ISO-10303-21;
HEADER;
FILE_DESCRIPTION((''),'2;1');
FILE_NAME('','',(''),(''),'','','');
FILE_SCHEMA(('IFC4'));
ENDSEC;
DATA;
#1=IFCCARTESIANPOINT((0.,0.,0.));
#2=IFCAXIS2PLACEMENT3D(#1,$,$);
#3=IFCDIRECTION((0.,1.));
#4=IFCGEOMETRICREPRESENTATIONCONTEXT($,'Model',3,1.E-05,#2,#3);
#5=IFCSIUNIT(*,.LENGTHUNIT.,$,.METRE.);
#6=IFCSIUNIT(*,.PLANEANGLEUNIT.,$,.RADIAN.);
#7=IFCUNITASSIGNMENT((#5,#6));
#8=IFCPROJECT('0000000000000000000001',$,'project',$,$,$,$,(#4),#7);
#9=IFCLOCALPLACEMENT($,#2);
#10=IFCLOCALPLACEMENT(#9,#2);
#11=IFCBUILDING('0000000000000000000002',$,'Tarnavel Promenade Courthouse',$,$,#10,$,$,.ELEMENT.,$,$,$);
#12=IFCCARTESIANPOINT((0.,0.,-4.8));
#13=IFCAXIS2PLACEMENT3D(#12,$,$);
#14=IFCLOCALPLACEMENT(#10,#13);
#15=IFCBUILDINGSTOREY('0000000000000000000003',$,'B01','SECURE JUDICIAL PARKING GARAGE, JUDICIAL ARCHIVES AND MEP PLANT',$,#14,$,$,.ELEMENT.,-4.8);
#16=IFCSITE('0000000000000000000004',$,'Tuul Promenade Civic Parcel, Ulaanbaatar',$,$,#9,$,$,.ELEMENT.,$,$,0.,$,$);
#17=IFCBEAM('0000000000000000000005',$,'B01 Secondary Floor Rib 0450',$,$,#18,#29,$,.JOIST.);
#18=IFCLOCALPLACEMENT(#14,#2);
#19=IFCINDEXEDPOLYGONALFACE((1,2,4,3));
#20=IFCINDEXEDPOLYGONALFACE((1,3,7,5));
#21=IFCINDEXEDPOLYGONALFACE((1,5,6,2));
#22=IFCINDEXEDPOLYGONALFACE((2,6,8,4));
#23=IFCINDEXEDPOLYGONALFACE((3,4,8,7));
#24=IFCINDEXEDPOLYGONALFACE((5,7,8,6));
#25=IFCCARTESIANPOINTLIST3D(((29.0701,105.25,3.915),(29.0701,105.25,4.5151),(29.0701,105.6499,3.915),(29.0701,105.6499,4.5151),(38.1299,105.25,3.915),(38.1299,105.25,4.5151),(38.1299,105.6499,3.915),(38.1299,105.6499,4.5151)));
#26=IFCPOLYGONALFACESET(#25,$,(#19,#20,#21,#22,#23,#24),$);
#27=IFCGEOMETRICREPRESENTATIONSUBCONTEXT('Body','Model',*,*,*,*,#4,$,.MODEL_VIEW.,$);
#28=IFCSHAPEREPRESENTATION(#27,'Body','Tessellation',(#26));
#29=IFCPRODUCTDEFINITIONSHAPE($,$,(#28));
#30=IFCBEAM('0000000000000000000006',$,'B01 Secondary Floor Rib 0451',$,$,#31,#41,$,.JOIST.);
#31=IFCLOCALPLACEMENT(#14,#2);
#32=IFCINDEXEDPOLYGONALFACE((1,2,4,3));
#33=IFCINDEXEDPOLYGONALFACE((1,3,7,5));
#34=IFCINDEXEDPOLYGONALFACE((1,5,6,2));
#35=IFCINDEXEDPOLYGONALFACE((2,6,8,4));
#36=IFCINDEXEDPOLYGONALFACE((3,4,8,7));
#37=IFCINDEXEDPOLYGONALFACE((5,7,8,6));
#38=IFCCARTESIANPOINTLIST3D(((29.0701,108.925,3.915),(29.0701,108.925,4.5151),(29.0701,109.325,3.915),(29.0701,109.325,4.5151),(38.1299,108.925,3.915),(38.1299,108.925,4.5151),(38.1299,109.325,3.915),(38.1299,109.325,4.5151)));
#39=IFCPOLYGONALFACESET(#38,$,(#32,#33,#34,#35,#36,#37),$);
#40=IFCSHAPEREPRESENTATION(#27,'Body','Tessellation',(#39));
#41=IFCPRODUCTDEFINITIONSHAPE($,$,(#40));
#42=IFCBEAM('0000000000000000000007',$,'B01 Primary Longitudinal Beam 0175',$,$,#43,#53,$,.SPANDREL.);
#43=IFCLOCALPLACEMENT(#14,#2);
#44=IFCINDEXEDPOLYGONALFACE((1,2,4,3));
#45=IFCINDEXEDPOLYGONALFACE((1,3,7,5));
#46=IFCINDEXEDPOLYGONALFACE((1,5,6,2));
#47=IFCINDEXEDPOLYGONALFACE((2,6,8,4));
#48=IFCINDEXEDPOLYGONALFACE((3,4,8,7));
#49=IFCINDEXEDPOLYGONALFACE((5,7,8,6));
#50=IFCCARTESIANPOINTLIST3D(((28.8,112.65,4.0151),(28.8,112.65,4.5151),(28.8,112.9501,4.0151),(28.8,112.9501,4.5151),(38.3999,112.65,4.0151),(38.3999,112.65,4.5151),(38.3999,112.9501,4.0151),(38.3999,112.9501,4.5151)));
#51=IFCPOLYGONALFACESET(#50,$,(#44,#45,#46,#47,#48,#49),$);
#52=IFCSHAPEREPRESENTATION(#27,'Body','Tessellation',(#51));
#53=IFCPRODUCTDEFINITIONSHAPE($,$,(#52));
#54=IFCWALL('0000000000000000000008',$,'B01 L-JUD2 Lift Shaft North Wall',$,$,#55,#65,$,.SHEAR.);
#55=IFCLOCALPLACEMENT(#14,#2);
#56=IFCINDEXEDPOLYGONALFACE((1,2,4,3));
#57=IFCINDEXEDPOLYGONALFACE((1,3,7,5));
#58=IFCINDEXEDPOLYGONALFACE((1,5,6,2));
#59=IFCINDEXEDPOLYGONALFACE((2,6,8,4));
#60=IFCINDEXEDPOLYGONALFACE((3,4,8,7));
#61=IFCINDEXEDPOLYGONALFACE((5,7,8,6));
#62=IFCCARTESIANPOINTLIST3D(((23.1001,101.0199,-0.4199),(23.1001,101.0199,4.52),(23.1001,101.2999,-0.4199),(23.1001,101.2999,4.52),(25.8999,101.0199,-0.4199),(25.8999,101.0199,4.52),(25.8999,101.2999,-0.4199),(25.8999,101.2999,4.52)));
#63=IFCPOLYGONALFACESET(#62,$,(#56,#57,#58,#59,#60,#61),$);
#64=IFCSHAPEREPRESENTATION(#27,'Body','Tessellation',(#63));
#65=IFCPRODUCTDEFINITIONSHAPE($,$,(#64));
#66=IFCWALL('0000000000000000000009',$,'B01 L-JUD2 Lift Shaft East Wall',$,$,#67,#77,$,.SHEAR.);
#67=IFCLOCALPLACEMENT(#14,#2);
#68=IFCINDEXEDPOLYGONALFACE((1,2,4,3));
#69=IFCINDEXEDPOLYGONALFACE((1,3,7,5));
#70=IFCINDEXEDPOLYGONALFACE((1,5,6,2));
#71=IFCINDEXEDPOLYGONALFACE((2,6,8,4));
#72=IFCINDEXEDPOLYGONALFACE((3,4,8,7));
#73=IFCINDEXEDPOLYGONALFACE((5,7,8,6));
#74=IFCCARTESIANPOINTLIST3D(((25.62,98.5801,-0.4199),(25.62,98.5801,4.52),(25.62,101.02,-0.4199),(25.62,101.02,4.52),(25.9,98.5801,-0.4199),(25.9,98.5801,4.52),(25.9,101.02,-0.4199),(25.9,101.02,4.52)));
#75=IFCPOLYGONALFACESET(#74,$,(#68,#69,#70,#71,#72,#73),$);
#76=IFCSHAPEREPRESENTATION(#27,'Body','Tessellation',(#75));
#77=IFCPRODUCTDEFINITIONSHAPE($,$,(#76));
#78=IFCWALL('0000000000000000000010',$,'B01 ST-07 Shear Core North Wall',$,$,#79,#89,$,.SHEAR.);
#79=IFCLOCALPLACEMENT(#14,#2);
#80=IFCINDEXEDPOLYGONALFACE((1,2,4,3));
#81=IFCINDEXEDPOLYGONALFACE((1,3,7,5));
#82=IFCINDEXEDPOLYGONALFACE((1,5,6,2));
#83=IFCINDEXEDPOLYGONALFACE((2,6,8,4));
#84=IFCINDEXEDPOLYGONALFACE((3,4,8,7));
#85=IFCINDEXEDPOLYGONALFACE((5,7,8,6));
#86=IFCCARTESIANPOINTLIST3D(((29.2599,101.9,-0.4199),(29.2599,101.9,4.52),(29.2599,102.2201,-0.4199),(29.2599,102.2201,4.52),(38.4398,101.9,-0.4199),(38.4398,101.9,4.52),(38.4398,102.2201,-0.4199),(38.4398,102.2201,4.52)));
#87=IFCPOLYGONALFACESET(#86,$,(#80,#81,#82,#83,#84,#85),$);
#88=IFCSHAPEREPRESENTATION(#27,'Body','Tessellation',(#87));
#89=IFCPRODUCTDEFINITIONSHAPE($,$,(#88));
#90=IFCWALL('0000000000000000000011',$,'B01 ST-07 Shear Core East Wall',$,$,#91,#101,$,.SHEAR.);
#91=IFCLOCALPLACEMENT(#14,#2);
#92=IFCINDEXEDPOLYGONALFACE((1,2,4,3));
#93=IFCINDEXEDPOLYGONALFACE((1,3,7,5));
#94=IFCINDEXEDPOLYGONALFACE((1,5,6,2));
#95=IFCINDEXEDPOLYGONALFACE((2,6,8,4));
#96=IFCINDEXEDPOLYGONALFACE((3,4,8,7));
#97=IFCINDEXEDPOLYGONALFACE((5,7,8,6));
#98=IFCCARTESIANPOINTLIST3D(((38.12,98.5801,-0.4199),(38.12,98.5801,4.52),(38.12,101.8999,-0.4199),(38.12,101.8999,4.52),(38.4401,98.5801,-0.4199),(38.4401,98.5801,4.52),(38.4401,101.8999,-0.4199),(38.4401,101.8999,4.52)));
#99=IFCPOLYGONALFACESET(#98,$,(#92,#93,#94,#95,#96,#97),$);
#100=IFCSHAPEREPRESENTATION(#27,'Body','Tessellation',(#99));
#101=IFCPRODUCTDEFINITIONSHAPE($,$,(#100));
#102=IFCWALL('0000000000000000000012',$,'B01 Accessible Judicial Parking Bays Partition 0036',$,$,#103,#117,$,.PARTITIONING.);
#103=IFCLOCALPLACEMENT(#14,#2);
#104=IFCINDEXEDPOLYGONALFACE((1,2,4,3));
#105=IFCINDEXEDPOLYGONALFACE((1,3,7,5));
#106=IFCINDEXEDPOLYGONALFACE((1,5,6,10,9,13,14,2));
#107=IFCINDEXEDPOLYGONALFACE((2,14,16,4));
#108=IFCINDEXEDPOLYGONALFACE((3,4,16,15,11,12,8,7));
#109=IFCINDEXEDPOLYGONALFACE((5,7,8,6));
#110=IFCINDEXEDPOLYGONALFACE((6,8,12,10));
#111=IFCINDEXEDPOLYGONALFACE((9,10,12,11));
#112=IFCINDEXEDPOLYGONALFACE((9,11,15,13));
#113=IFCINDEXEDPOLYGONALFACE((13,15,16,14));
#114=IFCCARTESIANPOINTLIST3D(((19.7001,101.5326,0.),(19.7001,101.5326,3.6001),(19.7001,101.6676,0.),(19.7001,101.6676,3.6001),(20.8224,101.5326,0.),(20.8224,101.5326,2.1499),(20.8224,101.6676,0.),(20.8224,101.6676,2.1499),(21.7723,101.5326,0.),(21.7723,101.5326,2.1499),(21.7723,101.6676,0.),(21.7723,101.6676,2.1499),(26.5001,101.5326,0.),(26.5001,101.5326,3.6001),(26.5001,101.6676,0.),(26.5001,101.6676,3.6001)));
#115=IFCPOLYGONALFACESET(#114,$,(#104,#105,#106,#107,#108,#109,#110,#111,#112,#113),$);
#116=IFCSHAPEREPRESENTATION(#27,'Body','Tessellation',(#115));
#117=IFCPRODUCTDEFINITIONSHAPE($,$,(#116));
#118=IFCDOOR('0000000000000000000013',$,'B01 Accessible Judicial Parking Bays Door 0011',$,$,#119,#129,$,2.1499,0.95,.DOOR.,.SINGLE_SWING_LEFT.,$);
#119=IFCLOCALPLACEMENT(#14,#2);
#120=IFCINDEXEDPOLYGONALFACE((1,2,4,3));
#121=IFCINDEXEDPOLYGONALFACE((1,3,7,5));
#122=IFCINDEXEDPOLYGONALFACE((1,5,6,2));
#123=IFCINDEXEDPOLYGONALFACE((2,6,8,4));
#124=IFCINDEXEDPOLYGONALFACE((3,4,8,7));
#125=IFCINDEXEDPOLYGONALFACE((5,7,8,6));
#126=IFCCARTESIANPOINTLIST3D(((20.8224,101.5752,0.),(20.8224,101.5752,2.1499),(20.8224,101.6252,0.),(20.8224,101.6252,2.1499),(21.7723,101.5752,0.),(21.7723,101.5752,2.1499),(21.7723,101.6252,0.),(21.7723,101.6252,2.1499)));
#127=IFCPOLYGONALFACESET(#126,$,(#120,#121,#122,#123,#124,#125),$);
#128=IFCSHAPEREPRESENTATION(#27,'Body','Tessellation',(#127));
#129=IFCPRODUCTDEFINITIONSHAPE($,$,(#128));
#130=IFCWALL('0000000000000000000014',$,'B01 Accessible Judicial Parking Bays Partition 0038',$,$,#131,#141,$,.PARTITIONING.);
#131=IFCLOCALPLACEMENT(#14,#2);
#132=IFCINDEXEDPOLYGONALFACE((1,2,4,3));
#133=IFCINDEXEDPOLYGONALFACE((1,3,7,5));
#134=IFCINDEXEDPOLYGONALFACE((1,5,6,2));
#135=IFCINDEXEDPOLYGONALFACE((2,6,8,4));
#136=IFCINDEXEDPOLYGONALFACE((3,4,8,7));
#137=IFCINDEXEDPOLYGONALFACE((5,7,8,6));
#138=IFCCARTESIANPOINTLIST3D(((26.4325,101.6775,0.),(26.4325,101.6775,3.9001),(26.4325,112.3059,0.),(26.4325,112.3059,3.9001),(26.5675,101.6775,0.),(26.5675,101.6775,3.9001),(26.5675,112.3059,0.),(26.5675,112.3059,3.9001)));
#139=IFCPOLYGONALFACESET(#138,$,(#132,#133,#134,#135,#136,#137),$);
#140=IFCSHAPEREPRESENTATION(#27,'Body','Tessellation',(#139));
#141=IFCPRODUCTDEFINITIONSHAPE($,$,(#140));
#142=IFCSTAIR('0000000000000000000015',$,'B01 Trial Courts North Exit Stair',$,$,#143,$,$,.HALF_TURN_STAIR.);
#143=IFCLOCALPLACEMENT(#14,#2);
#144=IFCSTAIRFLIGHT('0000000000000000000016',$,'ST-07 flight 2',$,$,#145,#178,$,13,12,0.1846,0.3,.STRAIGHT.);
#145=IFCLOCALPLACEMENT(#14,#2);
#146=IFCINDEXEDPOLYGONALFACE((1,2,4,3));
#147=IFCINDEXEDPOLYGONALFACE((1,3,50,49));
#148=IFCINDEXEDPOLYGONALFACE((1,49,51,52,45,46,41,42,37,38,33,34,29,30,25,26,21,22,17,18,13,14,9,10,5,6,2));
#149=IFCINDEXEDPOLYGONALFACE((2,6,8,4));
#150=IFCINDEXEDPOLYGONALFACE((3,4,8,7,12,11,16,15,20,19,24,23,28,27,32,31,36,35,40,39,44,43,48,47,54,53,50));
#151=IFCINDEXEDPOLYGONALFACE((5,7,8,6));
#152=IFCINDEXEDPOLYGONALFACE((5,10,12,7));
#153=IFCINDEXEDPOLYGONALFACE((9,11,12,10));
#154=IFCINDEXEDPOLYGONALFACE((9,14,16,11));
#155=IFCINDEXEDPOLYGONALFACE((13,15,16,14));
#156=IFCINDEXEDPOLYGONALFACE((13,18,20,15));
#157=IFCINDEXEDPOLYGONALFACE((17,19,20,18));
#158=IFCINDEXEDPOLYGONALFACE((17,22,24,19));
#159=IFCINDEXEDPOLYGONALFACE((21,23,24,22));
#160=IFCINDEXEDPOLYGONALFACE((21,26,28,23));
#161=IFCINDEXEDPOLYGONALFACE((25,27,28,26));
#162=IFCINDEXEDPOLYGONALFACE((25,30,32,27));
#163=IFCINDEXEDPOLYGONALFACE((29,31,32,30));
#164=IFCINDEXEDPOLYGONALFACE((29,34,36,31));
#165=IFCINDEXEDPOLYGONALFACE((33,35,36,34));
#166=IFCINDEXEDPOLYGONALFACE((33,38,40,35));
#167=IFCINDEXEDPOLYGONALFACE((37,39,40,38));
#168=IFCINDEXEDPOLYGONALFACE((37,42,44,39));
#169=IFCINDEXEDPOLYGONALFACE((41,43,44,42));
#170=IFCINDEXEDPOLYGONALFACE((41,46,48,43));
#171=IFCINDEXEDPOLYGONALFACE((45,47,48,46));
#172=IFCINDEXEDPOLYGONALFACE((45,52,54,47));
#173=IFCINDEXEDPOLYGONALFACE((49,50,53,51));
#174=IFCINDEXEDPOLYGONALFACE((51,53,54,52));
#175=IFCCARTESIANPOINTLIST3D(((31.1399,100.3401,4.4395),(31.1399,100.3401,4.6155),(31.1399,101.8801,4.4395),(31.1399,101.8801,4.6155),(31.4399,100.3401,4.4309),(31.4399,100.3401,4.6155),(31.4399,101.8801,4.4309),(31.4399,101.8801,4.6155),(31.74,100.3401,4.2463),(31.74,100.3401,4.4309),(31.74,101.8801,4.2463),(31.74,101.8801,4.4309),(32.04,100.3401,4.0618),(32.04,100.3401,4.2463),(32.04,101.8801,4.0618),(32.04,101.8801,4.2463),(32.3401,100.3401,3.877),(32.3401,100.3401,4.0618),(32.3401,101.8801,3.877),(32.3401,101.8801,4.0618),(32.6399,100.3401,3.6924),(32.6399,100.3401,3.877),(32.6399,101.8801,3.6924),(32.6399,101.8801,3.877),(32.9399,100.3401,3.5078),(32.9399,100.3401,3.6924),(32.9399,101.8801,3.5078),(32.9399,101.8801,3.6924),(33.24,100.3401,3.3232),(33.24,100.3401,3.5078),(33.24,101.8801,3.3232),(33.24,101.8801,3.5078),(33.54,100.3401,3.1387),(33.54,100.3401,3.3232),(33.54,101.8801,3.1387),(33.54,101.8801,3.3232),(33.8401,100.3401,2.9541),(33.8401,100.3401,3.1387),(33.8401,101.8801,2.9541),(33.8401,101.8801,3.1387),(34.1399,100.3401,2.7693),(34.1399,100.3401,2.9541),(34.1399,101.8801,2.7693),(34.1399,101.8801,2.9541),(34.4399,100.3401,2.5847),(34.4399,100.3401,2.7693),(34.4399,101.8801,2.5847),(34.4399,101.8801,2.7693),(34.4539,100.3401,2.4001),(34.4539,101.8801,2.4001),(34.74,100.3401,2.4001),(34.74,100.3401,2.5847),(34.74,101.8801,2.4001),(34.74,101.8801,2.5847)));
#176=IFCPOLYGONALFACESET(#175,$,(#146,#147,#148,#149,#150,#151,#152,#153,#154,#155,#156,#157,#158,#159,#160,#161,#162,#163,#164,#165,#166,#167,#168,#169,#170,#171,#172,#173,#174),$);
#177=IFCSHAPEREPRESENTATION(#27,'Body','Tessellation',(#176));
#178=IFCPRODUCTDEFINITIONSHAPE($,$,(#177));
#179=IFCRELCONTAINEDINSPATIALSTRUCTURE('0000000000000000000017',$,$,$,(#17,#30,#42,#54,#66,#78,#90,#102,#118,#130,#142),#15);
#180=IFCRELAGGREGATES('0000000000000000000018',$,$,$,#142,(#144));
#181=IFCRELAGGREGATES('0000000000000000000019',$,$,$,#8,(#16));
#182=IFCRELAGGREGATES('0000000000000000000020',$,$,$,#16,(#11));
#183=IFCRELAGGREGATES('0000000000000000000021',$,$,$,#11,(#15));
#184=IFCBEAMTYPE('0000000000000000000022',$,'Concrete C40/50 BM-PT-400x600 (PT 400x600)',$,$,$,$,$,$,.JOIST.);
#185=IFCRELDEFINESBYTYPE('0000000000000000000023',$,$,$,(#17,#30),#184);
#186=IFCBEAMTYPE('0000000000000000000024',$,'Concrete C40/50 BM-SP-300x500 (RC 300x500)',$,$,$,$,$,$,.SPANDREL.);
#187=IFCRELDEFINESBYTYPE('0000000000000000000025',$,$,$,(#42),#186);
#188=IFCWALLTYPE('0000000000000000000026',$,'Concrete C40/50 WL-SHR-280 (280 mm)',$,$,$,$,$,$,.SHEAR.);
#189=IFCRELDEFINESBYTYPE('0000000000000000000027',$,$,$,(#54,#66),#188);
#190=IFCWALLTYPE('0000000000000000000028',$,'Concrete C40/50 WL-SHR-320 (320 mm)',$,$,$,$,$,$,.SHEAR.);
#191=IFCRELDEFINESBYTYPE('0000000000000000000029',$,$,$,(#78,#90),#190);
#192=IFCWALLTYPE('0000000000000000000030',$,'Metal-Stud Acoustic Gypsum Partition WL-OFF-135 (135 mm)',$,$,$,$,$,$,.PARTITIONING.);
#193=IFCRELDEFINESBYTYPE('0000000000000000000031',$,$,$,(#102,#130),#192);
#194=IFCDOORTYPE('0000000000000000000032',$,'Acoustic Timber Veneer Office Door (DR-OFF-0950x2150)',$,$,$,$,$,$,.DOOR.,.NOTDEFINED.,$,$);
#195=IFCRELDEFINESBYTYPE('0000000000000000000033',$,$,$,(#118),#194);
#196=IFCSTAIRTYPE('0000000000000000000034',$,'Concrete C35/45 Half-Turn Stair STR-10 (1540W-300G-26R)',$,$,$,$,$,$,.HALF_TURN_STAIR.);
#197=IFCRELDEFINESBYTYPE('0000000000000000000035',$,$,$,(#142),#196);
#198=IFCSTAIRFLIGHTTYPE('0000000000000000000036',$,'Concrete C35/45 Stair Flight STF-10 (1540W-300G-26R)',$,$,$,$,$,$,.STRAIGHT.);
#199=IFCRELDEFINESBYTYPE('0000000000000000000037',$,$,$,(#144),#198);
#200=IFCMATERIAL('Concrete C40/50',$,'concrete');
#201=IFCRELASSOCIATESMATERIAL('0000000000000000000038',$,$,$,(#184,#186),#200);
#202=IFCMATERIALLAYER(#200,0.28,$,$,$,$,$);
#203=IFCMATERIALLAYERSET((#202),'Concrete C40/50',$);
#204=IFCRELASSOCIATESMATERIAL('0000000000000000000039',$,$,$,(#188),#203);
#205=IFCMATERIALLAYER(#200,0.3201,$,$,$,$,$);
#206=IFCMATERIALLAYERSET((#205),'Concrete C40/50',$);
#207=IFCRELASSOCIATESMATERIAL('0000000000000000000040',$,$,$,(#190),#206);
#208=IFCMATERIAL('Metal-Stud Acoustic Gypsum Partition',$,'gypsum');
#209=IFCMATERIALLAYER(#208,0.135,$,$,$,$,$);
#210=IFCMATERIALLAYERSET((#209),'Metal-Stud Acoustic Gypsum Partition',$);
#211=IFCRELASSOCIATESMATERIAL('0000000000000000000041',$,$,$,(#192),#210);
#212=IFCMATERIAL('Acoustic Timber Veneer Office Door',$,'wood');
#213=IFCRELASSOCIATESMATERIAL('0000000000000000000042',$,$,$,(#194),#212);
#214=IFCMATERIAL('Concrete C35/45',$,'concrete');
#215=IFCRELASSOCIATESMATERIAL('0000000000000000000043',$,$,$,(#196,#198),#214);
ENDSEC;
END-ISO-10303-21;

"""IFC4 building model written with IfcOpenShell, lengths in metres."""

from ifc_helpers import new_model, si_unit, direction, frame, frame_2d, origin, origin_2d, place, context, subcontext, project, spatial, polyline, rectangle, outline, extrude, material, layer, layer_set, material_profile, profile_set, type_object, element, fill, aggregate, save


model = new_model("IFC4")

# Units and contexts
model_context = context("Model", 3, precision=1e-05, world=origin(), true_north=direction((0.0, 1.0)))
body_context = subcontext(model_context, "Body", "Model", "MODEL_VIEW")
ifc_project = project(units=[si_unit("LENGTHUNIT", "METRE"), si_unit("PLANEANGLEUNIT", "RADIAN")], contexts=[model_context])

# Site, building, storey
site_placement = place(None, origin())
site = spatial("IfcSite", under=ifc_project, at=site_placement, Name="Tuul Promenade Civic Parcel, Ulaanbaatar", CompositionType="ELEMENT", RefElevation=0.0)
building_placement = place(site_placement, origin())
building = spatial("IfcBuilding", under=site, at=building_placement, Name="Tarnavel Promenade Courthouse", CompositionType="ELEMENT")
storey_placement = place(building_placement, frame((0.0, 0.0, -4.8)))
storey = spatial("IfcBuildingStorey", under=building, at=storey_placement, Name="B01", Description="SECURE JUDICIAL PARKING GARAGE, JUDICIAL ARCHIVES AND MEP PLANT", CompositionType="ELEMENT", Elevation=-4.8)

# Shared definitions
ifc_material_1 = material(Name="Concrete C35/45", Category="concrete")

# Shared definitions
ifc_material_2 = material(Name="Concrete C40/50", Category="concrete")

# Beams
ifc_material_profile_1 = material_profile(ifc_material_2, rectangle(XDim=0.3999, YDim=0.6001, at=origin_2d()), Name="PT 400x600")
ifc_profile_set_1 = profile_set([ifc_material_profile_1], Name="Concrete C40/50")
beam_type_1 = type_object("IfcBeamType", Name="Concrete C40/50 BM-PT-400x600 (PT 400x600)", PredefinedType="JOIST", material=ifc_profile_set_1)
for number, where, z_axis, x_axis, name in (
    (1, (29.0701, 105.45, 4.2151), (1.0, 0.0, 0.0), (0.0, 1.0, 0.0), "B01 Secondary Floor Rib 0450"),
    (2, (29.0701, 109.125, 4.2151), (1.0, 0.0, 0.0), (0.0, 1.0, 0.0), "B01 Secondary Floor Rib 0451"),
):
    element("IfcBeam", number, at=place(storey_placement, frame(where, z_axis=z_axis, x_axis=x_axis)), inside=storey, type_object=beam_type_1, Name=name, PredefinedType="JOIST", context=body_context, shape_type="SweptSolid", body=[
        extrude(rectangle(XDim=0.3999, YDim=0.6001, at=origin_2d()), origin(), (0.0, 0.0, 1.0), 9.0598),
    ])
ifc_material_profile_2 = material_profile(ifc_material_2, rectangle(XDim=0.3, YDim=0.5, at=origin_2d()), Name="RC 300x500")
ifc_profile_set_2 = profile_set([ifc_material_profile_2], Name="Concrete C40/50")
beam_type_2 = type_object("IfcBeamType", Name="Concrete C40/50 BM-SP-300x500 (RC 300x500)", PredefinedType="SPANDREL", material=ifc_profile_set_2)
beam_placement = place(storey_placement, frame((28.8, 112.8, 4.2651), z_axis=(1.0, 0.0, 0.0), x_axis=(0.0, 1.0, 0.0)))
element("IfcBeam", 3, at=beam_placement, inside=storey, type_object=beam_type_2, Name="B01 Primary Longitudinal Beam 0175", PredefinedType="SPANDREL", context=body_context, shape_type="SweptSolid", body=[
    extrude(rectangle(XDim=0.3, YDim=0.5, at=origin_2d()), origin(), (0.0, 0.0, 1.0), 9.5999),
])

# Walls
ifc_layer_1 = layer(ifc_material_2, 0.28)
ifc_layer_set_1 = layer_set([ifc_layer_1], Name="Concrete C40/50")
wall_type_1 = type_object("IfcWallType", Name="Concrete C40/50 WL-SHR-280 (280 mm)", PredefinedType="SHEAR", material=ifc_layer_set_1)
wall_1_placement = place(storey_placement, frame((23.1001, 101.1599, -0.4199), z_axis=(0.0, 0.0, 1.0), x_axis=(1.0, 0.0, 0.0)))
element("IfcWall", 4, at=wall_1_placement, inside=storey, type_object=wall_type_1, Name="B01 L-JUD2 Lift Shaft North Wall", PredefinedType="SHEAR", context=body_context, shape_type="SweptSolid", body=[
    extrude(rectangle(XDim=2.7998, YDim=0.28, at=frame_2d((1.3999, 0.0))), origin(), (0.0, 0.0, 1.0), 4.9399),
])
wall_2_placement = place(storey_placement, frame((25.76, 101.02, -0.4199), z_axis=(0.0, 0.0, 1.0), x_axis=(0.0, -1.0, 0.0)))
element("IfcWall", 5, at=wall_2_placement, inside=storey, type_object=wall_type_1, Name="B01 L-JUD2 Lift Shaft East Wall", PredefinedType="SHEAR", context=body_context, shape_type="SweptSolid", body=[
    extrude(rectangle(XDim=2.4399, YDim=0.28, at=frame_2d((1.22, 0.0))), origin(), (0.0, 0.0, 1.0), 4.9399),
])
ifc_layer_2 = layer(ifc_material_2, 0.3201)
ifc_layer_set_2 = layer_set([ifc_layer_2], Name="Concrete C40/50")
wall_type_2 = type_object("IfcWallType", Name="Concrete C40/50 WL-SHR-320 (320 mm)", PredefinedType="SHEAR", material=ifc_layer_set_2)
wall_3_placement = place(storey_placement, frame((29.26, 102.0601, -0.4199), z_axis=(0.0, 0.0, 1.0), x_axis=(1.0, 0.0, 0.0)))
element("IfcWall", 6, at=wall_3_placement, inside=storey, type_object=wall_type_2, Name="B01 ST-07 Shear Core North Wall", PredefinedType="SHEAR", context=body_context, shape_type="SweptSolid", body=[
    extrude(rectangle(XDim=9.1799, YDim=0.3201, at=frame_2d((4.5898, 0.0))), origin(), (0.0, 0.0, 1.0), 4.9399),
])
wall_4_placement = place(storey_placement, frame((38.28, 101.8999, -0.4199), z_axis=(0.0, 0.0, 1.0), x_axis=(0.0, -1.0, 0.0)))
element("IfcWall", 7, at=wall_4_placement, inside=storey, type_object=wall_type_2, Name="B01 ST-07 Shear Core East Wall", PredefinedType="SHEAR", context=body_context, shape_type="SweptSolid", body=[
    extrude(rectangle(XDim=3.3198, YDim=0.3201, at=frame_2d((1.6599, 0.0))), origin(), (0.0, 0.0, 1.0), 4.9399),
])

# Wall, opening, door
ifc_material_3 = material(Name="Metal-Stud Acoustic Gypsum Partition", Category="gypsum")
ifc_layer_3 = layer(ifc_material_3, 0.135)
ifc_layer_set_3 = layer_set([ifc_layer_3], Name="Metal-Stud Acoustic Gypsum Partition")
wall_type_3 = type_object("IfcWallType", Name="Metal-Stud Acoustic Gypsum Partition WL-OFF-135 (135 mm)", PredefinedType="PARTITIONING", material=ifc_layer_set_3)
wall_5_placement = place(storey_placement, frame((26.5, 101.6001, 0.0), z_axis=(0.0, 0.0, 1.0), x_axis=(-1.0, 0.0, 0.0)))
wall_5 = element("IfcWall", 8, at=wall_5_placement, inside=storey, type_object=wall_type_3, Name="B01 Accessible Judicial Parking Bays Partition 0036", PredefinedType="PARTITIONING", context=body_context, shape_type="SweptSolid", body=[
    extrude(rectangle(XDim=6.8, YDim=0.135, at=frame_2d((3.3999, 0.0))), origin(), (0.0, 0.0, 1.0), 3.6001),
])
opening_placement = place(wall_5_placement, frame((4.7275, 0.0, 0.0)))
opening = element("IfcOpeningElement", 9, at=opening_placement, cuts=wall_5, PredefinedType="OPENING", context=body_context, shape_type="SweptSolid", body=[
    extrude(rectangle(XDim=0.95, YDim=2.1499, at=frame_2d((0.4751, 1.075))), frame((0.0, 0.0774, 0.0), z_axis=(0.0, -1.0, 0.0), x_axis=(1.0, 0.0, 0.0)), (0.0, 0.0, 1.0), 0.155),
])
ifc_material_4 = material(Name="Acoustic Timber Veneer Office Door", Category="wood")
door_type = type_object("IfcDoorType", Name="Acoustic Timber Veneer Office Door (DR-OFF-0950x2150)", OperationType="NOTDEFINED", PredefinedType="DOOR", material=ifc_material_4)
door_placement = place(opening_placement, origin())
door = element("IfcDoor", 10, at=door_placement, inside=storey, type_object=door_type, Name="B01 Accessible Judicial Parking Bays Door 0011", OperationType="SINGLE_SWING_LEFT", OverallHeight=2.1499, OverallWidth=0.95, PredefinedType="DOOR", context=body_context, shape_type="SweptSolid", body=[
    extrude(rectangle(XDim=0.95, YDim=2.1499, at=frame_2d((0.4751, 1.075))), frame((0.0, 0.0249, 0.0), z_axis=(0.0, -1.0, 0.0), x_axis=(1.0, 0.0, 0.0)), (0.0, 0.0, 1.0), 0.05),
])
fill(opening, door)

# Wall
wall_6_placement = place(storey_placement, frame((26.5, 112.3059, 0.0), z_axis=(0.0, 0.0, 1.0), x_axis=(0.0, -1.0, 0.0)))
element("IfcWall", 11, at=wall_6_placement, inside=storey, type_object=wall_type_3, Name="B01 Accessible Judicial Parking Bays Partition 0038", PredefinedType="PARTITIONING", context=body_context, shape_type="SweptSolid", body=[
    extrude(rectangle(XDim=10.6284, YDim=0.135, at=frame_2d((5.3142, 0.0))), origin(), (0.0, 0.0, 1.0), 3.9001),
])

# Stair, stair flight
stair_type = type_object("IfcStairType", Name="Concrete C35/45 Half-Turn Stair STR-10 (1540W-300G-26R)", PredefinedType="HALF_TURN_STAIR", material=ifc_material_1)
stair_placement = place(storey_placement, origin())
stair = element("IfcStair", 12, at=stair_placement, inside=storey, type_object=stair_type, Name="B01 Trial Courts North Exit Stair", PredefinedType="HALF_TURN_STAIR")
stair_flight_type = type_object("IfcStairFlightType", Name="Concrete C35/45 Stair Flight STF-10 (1540W-300G-26R)", PredefinedType="STRAIGHT", material=ifc_material_1)
stair_flight_placement = place(storey_placement, frame((34.74, 101.1101, 2.4001), z_axis=(0.0, 0.0, 1.0), x_axis=(-1.0, 0.0, 0.0)))
stair_flight = element("IfcStairFlight", 13, at=stair_flight_placement, type_object=stair_flight_type, Name="ST-07 flight 2", NumberOfRisers=13, NumberOfTreads=12, PredefinedType="STRAIGHT", RiserHeight=0.1846, TreadLength=0.3, context=body_context, shape_type="SweptSolid", body=[
    extrude(outline(polyline([(0.0, 0.0), (0.0, 0.1846), (0.3, 0.1846), (0.3, 0.3691), (0.6001, 0.3691), (0.6001, 0.554), (0.8999, 0.554), (0.8999, 0.7385), (1.2, 0.7385), (1.2, 0.9231), (1.5, 0.9231), (1.5, 1.1077), (1.8, 1.1077), (1.8, 1.2922), (2.1001, 1.2922), (2.1001, 1.4768), (2.3999, 1.4768), (2.3999, 1.6616), (2.7, 1.6616), (2.7, 1.8462), (3.0, 1.8462), (3.0, 2.0308), (3.3, 2.0308), (3.3, 2.2153), (3.6001, 2.2153), (3.6001, 2.3999), (3.6001, 2.0393), (0.2861, 0.0), (0.0, 0.0)])), frame((0.0, 0.77, 0.0), z_axis=(0.0, -1.0, 0.0), x_axis=(1.0, 0.0, 0.0)), (0.0, 0.0, 1.0), 1.54),
])
aggregate(stair, [stair_flight])

save(model, "model.ifc")
